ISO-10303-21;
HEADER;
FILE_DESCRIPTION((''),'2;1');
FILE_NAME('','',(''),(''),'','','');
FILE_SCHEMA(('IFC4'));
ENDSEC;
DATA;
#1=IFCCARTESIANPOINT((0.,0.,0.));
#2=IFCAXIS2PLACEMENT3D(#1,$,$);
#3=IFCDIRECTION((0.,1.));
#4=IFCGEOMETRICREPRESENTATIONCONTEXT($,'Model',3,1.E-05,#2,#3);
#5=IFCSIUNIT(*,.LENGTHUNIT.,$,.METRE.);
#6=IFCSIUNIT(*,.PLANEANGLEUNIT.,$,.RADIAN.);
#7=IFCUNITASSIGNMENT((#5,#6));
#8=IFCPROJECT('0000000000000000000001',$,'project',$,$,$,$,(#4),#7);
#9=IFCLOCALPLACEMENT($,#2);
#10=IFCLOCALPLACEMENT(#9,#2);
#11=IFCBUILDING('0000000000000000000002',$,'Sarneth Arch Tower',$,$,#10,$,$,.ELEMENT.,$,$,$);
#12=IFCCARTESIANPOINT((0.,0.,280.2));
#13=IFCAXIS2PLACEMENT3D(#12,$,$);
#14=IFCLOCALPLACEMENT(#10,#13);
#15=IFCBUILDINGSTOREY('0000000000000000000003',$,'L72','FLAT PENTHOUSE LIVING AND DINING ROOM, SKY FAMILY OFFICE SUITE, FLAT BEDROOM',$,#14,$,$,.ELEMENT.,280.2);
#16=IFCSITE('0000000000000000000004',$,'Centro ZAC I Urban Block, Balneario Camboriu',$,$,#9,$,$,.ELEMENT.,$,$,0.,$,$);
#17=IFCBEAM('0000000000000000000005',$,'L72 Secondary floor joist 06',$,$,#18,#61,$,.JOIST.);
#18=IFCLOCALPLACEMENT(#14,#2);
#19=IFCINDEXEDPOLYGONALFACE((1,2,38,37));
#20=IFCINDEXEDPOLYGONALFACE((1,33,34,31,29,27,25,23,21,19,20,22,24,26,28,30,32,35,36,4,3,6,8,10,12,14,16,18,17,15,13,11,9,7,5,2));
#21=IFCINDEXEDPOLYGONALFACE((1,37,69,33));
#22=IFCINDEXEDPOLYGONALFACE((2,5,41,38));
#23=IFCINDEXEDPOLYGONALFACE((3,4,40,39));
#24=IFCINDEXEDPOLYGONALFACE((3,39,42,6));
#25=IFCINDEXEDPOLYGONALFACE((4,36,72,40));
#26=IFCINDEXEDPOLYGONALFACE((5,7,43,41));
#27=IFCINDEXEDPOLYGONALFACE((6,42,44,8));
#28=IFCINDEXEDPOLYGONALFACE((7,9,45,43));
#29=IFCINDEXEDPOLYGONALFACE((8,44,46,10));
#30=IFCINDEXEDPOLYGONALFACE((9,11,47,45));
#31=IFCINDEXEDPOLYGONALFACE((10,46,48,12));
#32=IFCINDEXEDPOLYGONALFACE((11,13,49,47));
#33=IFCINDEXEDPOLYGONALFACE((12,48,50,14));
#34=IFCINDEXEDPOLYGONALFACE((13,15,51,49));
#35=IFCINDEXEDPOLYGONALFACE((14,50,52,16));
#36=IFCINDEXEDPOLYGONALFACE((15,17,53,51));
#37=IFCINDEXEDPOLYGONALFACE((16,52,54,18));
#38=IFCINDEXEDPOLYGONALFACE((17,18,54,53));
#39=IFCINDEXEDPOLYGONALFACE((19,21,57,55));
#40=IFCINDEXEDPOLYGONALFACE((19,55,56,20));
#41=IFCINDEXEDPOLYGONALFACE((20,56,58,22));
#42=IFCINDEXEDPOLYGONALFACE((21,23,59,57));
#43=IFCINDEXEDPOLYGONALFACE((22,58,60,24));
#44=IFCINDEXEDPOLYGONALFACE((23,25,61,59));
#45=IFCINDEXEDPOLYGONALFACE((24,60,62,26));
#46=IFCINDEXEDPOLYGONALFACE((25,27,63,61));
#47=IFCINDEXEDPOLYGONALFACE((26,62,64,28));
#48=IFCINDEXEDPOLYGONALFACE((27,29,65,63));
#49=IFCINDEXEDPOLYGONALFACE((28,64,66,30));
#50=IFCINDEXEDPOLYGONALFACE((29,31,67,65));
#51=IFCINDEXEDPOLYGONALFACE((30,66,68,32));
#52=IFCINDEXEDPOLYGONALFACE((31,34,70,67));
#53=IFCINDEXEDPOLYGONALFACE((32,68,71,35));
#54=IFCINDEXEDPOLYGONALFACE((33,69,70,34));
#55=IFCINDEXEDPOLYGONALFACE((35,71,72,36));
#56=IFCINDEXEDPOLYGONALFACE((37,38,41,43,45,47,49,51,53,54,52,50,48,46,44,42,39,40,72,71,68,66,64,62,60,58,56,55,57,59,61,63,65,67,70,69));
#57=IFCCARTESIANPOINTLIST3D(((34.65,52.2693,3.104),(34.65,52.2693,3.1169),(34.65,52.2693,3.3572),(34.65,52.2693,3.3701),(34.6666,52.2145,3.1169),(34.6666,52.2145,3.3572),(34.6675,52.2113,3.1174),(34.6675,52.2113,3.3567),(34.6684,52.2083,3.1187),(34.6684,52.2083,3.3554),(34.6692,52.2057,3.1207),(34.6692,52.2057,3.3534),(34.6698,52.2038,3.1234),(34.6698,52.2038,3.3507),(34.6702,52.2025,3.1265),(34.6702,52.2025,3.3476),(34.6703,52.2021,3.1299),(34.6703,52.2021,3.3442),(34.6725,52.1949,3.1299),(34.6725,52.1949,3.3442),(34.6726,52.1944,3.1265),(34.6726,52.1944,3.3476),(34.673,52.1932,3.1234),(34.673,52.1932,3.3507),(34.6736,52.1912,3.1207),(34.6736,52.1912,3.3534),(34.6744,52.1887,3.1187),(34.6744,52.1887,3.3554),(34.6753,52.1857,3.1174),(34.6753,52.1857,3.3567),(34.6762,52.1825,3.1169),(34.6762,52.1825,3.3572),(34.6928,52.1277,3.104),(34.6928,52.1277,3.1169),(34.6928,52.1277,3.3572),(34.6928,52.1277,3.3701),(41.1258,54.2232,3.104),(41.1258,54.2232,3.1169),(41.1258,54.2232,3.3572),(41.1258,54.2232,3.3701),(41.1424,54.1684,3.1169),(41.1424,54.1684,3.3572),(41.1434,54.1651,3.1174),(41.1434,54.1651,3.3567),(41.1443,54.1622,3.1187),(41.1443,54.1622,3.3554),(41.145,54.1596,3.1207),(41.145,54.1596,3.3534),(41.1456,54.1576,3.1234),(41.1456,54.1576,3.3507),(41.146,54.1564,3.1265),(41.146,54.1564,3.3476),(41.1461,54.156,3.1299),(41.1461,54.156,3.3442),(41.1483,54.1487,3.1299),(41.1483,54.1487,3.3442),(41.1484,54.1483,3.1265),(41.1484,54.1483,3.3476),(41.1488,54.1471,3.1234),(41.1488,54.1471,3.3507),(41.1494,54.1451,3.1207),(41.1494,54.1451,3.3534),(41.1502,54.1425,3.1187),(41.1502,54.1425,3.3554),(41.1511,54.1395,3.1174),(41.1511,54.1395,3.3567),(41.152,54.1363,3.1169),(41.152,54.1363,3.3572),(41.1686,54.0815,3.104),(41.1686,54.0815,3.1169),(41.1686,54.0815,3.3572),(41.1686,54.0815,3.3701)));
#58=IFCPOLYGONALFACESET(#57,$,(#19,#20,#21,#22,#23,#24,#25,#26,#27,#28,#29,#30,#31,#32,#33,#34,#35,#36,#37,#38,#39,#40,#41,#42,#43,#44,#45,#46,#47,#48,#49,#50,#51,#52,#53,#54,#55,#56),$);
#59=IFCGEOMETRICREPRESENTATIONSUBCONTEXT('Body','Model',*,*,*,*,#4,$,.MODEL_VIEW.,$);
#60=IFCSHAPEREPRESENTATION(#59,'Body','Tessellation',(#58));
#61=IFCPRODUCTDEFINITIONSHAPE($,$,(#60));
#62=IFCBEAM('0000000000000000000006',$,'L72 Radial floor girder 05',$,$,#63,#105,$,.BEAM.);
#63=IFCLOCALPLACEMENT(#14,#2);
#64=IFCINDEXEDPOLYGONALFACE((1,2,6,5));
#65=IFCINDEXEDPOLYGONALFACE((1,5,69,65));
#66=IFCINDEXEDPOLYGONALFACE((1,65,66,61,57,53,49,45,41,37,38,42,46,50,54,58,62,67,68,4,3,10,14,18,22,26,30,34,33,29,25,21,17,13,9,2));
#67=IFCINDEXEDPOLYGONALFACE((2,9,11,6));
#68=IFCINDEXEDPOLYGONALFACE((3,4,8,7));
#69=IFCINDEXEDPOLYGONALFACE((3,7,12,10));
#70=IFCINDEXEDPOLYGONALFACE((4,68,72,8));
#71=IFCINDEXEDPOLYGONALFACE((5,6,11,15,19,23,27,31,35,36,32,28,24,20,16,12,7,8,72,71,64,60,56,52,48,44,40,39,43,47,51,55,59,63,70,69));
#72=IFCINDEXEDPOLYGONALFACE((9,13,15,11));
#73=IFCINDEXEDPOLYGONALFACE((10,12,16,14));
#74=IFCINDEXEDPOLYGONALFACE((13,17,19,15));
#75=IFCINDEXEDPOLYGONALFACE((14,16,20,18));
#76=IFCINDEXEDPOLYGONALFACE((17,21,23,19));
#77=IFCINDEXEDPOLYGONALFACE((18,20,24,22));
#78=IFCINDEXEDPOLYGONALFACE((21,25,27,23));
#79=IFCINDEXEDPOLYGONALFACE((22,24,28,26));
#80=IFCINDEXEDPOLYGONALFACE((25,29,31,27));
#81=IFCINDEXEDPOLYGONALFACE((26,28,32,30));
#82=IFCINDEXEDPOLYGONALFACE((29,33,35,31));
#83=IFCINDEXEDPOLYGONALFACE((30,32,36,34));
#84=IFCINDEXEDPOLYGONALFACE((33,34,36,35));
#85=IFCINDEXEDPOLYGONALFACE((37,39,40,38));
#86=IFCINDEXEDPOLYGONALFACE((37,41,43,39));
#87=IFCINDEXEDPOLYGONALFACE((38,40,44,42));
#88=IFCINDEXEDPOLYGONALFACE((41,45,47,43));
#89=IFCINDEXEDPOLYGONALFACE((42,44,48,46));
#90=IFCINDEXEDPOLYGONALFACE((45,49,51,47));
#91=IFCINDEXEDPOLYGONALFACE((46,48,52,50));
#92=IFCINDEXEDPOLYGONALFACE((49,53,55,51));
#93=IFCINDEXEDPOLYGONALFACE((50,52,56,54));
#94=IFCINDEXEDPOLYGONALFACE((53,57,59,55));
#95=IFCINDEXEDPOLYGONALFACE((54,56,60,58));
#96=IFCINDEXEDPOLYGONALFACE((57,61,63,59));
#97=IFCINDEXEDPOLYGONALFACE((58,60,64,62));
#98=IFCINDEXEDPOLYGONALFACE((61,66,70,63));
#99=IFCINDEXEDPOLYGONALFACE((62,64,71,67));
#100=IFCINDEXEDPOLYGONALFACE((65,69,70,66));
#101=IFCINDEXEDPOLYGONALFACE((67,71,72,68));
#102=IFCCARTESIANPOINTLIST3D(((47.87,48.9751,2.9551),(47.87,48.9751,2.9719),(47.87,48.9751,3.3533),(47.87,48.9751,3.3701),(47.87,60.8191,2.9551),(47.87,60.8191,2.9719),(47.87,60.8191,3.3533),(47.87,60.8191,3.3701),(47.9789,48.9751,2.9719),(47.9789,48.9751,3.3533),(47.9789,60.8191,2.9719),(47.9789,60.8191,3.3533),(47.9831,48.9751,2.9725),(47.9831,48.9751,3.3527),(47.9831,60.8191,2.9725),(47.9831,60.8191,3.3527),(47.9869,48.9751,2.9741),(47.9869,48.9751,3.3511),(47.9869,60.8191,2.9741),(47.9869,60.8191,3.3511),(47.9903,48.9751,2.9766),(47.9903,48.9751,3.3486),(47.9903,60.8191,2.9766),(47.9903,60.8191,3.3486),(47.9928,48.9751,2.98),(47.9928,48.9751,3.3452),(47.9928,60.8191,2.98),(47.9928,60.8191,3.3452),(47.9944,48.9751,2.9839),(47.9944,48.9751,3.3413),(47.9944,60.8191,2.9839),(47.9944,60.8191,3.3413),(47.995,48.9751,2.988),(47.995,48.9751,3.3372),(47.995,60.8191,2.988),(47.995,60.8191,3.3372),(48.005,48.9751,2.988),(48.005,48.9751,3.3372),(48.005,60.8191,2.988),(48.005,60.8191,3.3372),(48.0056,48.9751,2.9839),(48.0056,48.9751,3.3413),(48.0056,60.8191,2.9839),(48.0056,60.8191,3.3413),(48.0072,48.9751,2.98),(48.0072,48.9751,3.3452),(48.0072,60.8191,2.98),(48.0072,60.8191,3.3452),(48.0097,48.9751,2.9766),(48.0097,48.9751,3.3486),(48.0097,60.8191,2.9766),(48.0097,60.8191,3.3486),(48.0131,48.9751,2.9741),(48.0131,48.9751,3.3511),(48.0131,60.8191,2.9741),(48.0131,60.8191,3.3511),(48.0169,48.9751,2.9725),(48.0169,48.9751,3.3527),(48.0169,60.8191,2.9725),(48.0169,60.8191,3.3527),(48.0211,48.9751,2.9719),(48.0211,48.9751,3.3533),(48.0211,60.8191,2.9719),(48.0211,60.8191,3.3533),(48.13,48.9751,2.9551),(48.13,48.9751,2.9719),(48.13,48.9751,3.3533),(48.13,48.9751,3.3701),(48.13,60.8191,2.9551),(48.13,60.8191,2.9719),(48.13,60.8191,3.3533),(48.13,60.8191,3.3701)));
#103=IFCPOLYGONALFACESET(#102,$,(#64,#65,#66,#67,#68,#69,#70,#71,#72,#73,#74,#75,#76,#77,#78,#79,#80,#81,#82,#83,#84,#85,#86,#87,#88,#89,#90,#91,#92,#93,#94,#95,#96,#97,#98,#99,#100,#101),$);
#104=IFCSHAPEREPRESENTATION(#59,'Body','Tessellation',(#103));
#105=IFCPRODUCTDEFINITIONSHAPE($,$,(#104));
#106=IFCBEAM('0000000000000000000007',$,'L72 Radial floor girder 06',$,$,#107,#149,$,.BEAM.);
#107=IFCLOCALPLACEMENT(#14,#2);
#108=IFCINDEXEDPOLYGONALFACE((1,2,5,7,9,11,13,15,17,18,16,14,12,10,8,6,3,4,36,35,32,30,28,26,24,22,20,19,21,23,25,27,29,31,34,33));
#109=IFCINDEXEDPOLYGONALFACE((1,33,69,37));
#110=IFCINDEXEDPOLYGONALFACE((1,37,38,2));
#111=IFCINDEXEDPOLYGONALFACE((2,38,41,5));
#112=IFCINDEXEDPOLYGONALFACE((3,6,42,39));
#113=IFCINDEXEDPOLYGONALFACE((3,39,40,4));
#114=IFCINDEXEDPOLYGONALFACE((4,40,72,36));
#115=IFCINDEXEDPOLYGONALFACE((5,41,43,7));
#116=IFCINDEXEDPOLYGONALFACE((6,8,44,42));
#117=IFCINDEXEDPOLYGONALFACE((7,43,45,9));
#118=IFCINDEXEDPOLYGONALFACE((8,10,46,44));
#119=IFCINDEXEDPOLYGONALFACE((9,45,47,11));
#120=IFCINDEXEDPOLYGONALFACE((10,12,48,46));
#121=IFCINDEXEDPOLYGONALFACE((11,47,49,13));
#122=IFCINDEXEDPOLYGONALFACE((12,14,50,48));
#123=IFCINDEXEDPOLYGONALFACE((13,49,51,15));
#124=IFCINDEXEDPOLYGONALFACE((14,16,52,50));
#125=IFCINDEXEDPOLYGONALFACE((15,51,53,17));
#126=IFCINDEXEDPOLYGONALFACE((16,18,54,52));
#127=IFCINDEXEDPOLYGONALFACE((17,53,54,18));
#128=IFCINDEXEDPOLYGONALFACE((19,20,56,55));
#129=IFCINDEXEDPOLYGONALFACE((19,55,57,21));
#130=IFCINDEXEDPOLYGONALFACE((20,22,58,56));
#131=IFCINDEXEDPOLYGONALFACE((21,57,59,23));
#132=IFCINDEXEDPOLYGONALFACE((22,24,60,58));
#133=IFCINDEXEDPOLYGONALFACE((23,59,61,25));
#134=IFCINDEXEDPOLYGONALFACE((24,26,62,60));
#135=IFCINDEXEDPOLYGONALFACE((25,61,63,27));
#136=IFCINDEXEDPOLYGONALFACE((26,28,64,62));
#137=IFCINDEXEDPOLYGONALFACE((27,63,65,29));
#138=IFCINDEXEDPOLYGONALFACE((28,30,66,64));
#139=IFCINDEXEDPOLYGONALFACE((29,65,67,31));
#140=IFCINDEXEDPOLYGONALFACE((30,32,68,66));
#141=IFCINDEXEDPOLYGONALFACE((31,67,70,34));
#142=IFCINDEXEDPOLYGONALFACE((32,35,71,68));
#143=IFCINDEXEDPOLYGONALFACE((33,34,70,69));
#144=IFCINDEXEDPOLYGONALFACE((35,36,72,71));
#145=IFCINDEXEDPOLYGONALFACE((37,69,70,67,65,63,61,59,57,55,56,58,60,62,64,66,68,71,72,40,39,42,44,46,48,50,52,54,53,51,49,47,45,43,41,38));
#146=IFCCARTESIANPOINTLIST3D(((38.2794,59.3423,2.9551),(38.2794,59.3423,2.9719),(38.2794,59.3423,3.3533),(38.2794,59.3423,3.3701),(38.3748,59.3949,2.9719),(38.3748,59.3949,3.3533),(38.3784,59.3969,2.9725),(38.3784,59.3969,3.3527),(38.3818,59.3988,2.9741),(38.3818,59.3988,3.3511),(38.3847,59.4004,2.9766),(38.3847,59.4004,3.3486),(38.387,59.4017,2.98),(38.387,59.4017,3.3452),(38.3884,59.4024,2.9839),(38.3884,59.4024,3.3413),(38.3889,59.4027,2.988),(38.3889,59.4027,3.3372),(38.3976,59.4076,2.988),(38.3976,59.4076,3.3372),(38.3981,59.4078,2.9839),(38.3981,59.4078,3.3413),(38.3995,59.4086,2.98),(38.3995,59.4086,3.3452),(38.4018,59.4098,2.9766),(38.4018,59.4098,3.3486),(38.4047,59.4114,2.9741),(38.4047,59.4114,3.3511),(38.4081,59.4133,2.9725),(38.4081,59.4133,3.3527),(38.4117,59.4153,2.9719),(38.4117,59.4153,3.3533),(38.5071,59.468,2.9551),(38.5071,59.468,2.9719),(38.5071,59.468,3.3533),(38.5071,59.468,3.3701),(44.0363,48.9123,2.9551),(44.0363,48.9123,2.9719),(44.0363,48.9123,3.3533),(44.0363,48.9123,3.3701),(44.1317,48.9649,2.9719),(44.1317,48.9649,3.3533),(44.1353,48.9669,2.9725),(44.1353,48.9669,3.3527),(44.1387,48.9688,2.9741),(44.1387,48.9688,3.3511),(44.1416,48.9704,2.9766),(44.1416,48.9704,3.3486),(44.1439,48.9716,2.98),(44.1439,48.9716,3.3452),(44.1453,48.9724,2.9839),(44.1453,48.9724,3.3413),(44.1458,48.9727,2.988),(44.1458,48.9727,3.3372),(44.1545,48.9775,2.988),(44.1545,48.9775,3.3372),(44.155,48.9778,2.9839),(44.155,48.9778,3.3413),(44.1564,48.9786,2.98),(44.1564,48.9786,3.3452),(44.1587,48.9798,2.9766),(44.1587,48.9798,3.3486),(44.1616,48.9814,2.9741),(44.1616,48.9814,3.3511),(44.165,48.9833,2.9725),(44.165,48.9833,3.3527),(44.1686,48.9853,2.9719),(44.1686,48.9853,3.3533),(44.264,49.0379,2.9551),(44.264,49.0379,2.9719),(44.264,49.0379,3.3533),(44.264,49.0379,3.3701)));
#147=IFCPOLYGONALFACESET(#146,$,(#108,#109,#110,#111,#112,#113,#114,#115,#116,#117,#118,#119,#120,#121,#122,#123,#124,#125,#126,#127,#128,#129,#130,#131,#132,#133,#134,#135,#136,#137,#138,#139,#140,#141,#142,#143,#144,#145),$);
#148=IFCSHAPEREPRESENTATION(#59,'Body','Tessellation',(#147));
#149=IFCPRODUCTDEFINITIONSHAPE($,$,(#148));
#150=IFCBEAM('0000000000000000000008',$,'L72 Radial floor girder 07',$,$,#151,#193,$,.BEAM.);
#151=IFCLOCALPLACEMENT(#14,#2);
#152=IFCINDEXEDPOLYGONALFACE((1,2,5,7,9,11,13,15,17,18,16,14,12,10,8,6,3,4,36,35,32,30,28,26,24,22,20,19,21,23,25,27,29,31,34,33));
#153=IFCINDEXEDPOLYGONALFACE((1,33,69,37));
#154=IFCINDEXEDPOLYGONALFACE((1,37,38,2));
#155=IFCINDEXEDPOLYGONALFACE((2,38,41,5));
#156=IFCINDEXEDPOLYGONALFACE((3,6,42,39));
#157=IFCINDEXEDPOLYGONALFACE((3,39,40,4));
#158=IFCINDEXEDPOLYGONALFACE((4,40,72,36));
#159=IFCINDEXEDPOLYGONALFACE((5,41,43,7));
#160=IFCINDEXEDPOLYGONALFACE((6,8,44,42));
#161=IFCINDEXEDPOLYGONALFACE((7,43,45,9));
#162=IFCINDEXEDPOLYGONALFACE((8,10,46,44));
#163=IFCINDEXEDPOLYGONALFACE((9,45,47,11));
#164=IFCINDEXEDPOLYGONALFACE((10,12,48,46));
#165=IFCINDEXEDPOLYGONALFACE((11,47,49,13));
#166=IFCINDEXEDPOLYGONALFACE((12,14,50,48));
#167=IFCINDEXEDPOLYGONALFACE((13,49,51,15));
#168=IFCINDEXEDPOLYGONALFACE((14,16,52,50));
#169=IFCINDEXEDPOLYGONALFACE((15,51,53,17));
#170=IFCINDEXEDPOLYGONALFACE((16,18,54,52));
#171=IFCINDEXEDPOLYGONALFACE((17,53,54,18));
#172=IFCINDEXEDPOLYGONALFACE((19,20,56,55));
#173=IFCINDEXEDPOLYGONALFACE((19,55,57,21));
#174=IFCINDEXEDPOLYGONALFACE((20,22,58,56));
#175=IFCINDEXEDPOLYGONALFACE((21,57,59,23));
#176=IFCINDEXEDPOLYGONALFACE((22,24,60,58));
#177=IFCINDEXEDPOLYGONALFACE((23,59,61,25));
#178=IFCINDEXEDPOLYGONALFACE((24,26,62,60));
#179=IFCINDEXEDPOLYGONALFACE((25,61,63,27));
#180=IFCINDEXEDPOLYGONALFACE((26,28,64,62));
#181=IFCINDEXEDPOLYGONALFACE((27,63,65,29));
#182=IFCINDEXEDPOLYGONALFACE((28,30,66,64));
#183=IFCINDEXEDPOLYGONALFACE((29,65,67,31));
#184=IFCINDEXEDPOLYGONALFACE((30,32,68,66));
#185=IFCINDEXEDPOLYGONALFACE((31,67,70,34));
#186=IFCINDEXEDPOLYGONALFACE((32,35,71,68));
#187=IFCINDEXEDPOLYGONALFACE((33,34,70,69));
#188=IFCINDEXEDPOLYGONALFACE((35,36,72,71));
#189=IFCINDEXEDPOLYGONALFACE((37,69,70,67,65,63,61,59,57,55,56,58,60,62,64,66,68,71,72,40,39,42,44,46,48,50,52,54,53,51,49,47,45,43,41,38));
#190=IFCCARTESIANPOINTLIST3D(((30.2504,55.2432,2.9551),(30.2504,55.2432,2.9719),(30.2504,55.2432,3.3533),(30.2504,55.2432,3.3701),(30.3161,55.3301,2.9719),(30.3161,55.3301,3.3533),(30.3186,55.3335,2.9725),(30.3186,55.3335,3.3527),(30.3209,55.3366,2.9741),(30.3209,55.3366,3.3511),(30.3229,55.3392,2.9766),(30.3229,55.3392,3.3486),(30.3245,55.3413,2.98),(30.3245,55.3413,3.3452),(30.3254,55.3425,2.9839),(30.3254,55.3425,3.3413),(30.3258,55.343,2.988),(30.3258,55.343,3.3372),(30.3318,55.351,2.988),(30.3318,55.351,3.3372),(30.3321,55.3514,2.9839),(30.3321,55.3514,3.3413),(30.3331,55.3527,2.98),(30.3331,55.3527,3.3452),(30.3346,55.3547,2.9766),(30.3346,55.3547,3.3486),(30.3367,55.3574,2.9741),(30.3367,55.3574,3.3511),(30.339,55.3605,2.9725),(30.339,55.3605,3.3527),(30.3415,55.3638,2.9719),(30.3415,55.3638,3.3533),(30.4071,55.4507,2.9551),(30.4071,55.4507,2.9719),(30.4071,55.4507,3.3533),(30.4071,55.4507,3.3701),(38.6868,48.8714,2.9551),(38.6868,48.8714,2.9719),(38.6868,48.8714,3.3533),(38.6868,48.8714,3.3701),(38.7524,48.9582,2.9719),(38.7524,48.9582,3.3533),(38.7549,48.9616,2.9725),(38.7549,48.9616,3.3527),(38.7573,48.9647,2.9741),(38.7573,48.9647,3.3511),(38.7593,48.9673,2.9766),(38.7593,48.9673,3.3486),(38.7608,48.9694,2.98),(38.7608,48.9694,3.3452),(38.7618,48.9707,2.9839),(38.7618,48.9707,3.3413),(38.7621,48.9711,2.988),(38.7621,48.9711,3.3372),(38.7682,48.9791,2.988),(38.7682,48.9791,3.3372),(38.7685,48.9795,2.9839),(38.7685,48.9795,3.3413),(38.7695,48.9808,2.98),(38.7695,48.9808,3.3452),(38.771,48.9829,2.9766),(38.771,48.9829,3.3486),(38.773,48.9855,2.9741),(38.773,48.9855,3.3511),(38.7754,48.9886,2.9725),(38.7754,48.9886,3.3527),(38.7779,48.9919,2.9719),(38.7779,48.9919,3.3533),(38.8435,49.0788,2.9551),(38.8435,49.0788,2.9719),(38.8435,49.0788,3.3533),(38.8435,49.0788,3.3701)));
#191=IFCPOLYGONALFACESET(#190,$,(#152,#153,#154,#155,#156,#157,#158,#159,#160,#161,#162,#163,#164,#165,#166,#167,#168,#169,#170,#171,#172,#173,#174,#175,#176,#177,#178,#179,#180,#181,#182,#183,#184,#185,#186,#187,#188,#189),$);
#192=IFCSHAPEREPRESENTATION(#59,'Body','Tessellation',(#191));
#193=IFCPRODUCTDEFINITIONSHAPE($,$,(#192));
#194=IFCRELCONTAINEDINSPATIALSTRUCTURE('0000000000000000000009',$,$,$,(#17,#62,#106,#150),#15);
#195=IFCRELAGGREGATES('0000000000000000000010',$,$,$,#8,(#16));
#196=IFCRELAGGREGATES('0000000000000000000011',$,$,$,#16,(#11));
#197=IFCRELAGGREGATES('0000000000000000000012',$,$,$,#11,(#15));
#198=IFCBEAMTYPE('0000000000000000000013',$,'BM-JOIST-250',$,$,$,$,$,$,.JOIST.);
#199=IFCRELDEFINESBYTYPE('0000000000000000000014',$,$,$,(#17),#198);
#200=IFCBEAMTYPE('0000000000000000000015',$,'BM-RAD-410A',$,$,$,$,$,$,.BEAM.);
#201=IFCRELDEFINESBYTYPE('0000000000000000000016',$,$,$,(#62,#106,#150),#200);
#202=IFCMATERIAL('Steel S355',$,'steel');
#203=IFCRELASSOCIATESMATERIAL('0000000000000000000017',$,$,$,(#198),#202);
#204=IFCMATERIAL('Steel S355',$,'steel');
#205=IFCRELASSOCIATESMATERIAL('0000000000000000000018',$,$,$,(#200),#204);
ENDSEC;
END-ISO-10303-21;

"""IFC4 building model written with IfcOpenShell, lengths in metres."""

from ifc_helpers import new_model, si_unit, direction, frame, origin, origin_2d, place, context, subcontext, project, spatial, i_section, extrude, material, material_profile, profile_set, type_object, element, save


model = new_model("IFC4")

# Units and contexts
model_context = context("Model", 3, precision=1e-05, world=origin(), true_north=direction((0.0, 1.0)))
body_context = subcontext(model_context, "Body", "Model", "MODEL_VIEW")
ifc_project = project(units=[si_unit("LENGTHUNIT", "METRE"), si_unit("PLANEANGLEUNIT", "RADIAN")], contexts=[model_context])

# Site, building, storey
site_placement = place(None, origin())
site = spatial("IfcSite", under=ifc_project, at=site_placement, Name="Centro ZAC I Urban Block, Balneario Camboriu", CompositionType="ELEMENT", RefElevation=0.0)
building_placement = place(site_placement, origin())
building = spatial("IfcBuilding", under=site, at=building_placement, Name="Sarneth Arch Tower", CompositionType="ELEMENT")
storey_placement = place(building_placement, frame((0.0, 0.0, 280.2)))
storey = spatial("IfcBuildingStorey", under=building, at=storey_placement, Name="L72", Description="FLAT PENTHOUSE LIVING AND DINING ROOM, SKY FAMILY OFFICE SUITE, FLAT BEDROOM", CompositionType="ELEMENT", Elevation=280.2)

# Beams
ifc_material_1 = material(Name="Steel S355", Category="steel")
ifc_material_profile_1 = material_profile(ifc_material_1, i_section(OverallWidth=0.1479, OverallDepth=0.2661, WebThickness=0.0076, FlangeThickness=0.0129, FilletRadius=0.0129, at=origin_2d()), Name="W250x44.8")
ifc_profile_set_1 = profile_set([ifc_material_profile_1], Name="Steel S355")
beam_type_1 = type_object("IfcBeamType", Name="BM-JOIST-250", PredefinedType="JOIST", material=ifc_profile_set_1)
beam_1_placement = place(storey_placement, frame((41.1472, 54.1523, 3.2371), z_axis=(-0.957373, -0.288854, 0.0), x_axis=(0.288854, -0.957373, 0.0)))
element("IfcBeam", 1, at=beam_1_placement, inside=storey, type_object=beam_type_1, Name="L72 Secondary floor joist 06", PredefinedType="JOIST", context=body_context, shape_type="SweptSolid", body=[
    extrude(i_section(OverallWidth=0.1479, OverallDepth=0.2661, WebThickness=0.0076, FlangeThickness=0.0129, FilletRadius=0.0129, at=origin_2d()), origin(), (0.0, 0.0, 1.0), 6.7642),
])
ifc_material_2 = material(Name="Steel S355", Category="steel")
ifc_material_profile_2 = material_profile(ifc_material_2, i_section(OverallWidth=0.26, OverallDepth=0.415, WebThickness=0.01, FlangeThickness=0.0168, FilletRadius=0.0161, at=origin_2d()), Name="W410x100")
ifc_profile_set_2 = profile_set([ifc_material_profile_2], Name="Steel S355")
beam_type_2 = type_object("IfcBeamType", Name="BM-RAD-410A", PredefinedType="BEAM", material=ifc_profile_set_2)
beam_2_placement = place(storey_placement, frame((48.0, 48.9751, 3.1626), z_axis=(0.0, 1.0, 0.0), x_axis=(-1.0, 0.0, 0.0)))
element("IfcBeam", 2, at=beam_2_placement, inside=storey, type_object=beam_type_2, Name="L72 Radial floor girder 05", PredefinedType="BEAM", context=body_context, shape_type="SweptSolid", body=[
    extrude(i_section(OverallWidth=0.26, OverallDepth=0.415, WebThickness=0.01, FlangeThickness=0.0168, FilletRadius=0.0161, at=origin_2d()), origin(), (0.0, 0.0, 1.0), 11.844),
])
beam_3_placement = place(storey_placement, frame((44.1501, 48.9751, 3.1626), z_axis=(-0.483231, 0.875493, 0.0), x_axis=(-0.875493, -0.483231, 0.0)))
element("IfcBeam", 3, at=beam_3_placement, inside=storey, type_object=beam_type_2, Name="L72 Radial floor girder 06", PredefinedType="BEAM", context=body_context, shape_type="SweptSolid", body=[
    extrude(i_section(OverallWidth=0.26, OverallDepth=0.415, WebThickness=0.01, FlangeThickness=0.0168, FilletRadius=0.0161, at=origin_2d()), origin(), (0.0, 0.0, 1.0), 11.9133),
])
beam_4_placement = place(storey_placement, frame((38.7651, 48.9751, 3.1626), z_axis=(-0.79797, 0.602698, 0.0), x_axis=(-0.602698, -0.79797, 0.0)))
element("IfcBeam", 4, at=beam_4_placement, inside=storey, type_object=beam_type_2, Name="L72 Radial floor girder 07", PredefinedType="BEAM", context=body_context, shape_type="SweptSolid", body=[
    extrude(i_section(OverallWidth=0.26, OverallDepth=0.415, WebThickness=0.01, FlangeThickness=0.0168, FilletRadius=0.0161, at=origin_2d()), origin(), (0.0, 0.0, 1.0), 10.5723),
])

save(model, "model.ifc")
